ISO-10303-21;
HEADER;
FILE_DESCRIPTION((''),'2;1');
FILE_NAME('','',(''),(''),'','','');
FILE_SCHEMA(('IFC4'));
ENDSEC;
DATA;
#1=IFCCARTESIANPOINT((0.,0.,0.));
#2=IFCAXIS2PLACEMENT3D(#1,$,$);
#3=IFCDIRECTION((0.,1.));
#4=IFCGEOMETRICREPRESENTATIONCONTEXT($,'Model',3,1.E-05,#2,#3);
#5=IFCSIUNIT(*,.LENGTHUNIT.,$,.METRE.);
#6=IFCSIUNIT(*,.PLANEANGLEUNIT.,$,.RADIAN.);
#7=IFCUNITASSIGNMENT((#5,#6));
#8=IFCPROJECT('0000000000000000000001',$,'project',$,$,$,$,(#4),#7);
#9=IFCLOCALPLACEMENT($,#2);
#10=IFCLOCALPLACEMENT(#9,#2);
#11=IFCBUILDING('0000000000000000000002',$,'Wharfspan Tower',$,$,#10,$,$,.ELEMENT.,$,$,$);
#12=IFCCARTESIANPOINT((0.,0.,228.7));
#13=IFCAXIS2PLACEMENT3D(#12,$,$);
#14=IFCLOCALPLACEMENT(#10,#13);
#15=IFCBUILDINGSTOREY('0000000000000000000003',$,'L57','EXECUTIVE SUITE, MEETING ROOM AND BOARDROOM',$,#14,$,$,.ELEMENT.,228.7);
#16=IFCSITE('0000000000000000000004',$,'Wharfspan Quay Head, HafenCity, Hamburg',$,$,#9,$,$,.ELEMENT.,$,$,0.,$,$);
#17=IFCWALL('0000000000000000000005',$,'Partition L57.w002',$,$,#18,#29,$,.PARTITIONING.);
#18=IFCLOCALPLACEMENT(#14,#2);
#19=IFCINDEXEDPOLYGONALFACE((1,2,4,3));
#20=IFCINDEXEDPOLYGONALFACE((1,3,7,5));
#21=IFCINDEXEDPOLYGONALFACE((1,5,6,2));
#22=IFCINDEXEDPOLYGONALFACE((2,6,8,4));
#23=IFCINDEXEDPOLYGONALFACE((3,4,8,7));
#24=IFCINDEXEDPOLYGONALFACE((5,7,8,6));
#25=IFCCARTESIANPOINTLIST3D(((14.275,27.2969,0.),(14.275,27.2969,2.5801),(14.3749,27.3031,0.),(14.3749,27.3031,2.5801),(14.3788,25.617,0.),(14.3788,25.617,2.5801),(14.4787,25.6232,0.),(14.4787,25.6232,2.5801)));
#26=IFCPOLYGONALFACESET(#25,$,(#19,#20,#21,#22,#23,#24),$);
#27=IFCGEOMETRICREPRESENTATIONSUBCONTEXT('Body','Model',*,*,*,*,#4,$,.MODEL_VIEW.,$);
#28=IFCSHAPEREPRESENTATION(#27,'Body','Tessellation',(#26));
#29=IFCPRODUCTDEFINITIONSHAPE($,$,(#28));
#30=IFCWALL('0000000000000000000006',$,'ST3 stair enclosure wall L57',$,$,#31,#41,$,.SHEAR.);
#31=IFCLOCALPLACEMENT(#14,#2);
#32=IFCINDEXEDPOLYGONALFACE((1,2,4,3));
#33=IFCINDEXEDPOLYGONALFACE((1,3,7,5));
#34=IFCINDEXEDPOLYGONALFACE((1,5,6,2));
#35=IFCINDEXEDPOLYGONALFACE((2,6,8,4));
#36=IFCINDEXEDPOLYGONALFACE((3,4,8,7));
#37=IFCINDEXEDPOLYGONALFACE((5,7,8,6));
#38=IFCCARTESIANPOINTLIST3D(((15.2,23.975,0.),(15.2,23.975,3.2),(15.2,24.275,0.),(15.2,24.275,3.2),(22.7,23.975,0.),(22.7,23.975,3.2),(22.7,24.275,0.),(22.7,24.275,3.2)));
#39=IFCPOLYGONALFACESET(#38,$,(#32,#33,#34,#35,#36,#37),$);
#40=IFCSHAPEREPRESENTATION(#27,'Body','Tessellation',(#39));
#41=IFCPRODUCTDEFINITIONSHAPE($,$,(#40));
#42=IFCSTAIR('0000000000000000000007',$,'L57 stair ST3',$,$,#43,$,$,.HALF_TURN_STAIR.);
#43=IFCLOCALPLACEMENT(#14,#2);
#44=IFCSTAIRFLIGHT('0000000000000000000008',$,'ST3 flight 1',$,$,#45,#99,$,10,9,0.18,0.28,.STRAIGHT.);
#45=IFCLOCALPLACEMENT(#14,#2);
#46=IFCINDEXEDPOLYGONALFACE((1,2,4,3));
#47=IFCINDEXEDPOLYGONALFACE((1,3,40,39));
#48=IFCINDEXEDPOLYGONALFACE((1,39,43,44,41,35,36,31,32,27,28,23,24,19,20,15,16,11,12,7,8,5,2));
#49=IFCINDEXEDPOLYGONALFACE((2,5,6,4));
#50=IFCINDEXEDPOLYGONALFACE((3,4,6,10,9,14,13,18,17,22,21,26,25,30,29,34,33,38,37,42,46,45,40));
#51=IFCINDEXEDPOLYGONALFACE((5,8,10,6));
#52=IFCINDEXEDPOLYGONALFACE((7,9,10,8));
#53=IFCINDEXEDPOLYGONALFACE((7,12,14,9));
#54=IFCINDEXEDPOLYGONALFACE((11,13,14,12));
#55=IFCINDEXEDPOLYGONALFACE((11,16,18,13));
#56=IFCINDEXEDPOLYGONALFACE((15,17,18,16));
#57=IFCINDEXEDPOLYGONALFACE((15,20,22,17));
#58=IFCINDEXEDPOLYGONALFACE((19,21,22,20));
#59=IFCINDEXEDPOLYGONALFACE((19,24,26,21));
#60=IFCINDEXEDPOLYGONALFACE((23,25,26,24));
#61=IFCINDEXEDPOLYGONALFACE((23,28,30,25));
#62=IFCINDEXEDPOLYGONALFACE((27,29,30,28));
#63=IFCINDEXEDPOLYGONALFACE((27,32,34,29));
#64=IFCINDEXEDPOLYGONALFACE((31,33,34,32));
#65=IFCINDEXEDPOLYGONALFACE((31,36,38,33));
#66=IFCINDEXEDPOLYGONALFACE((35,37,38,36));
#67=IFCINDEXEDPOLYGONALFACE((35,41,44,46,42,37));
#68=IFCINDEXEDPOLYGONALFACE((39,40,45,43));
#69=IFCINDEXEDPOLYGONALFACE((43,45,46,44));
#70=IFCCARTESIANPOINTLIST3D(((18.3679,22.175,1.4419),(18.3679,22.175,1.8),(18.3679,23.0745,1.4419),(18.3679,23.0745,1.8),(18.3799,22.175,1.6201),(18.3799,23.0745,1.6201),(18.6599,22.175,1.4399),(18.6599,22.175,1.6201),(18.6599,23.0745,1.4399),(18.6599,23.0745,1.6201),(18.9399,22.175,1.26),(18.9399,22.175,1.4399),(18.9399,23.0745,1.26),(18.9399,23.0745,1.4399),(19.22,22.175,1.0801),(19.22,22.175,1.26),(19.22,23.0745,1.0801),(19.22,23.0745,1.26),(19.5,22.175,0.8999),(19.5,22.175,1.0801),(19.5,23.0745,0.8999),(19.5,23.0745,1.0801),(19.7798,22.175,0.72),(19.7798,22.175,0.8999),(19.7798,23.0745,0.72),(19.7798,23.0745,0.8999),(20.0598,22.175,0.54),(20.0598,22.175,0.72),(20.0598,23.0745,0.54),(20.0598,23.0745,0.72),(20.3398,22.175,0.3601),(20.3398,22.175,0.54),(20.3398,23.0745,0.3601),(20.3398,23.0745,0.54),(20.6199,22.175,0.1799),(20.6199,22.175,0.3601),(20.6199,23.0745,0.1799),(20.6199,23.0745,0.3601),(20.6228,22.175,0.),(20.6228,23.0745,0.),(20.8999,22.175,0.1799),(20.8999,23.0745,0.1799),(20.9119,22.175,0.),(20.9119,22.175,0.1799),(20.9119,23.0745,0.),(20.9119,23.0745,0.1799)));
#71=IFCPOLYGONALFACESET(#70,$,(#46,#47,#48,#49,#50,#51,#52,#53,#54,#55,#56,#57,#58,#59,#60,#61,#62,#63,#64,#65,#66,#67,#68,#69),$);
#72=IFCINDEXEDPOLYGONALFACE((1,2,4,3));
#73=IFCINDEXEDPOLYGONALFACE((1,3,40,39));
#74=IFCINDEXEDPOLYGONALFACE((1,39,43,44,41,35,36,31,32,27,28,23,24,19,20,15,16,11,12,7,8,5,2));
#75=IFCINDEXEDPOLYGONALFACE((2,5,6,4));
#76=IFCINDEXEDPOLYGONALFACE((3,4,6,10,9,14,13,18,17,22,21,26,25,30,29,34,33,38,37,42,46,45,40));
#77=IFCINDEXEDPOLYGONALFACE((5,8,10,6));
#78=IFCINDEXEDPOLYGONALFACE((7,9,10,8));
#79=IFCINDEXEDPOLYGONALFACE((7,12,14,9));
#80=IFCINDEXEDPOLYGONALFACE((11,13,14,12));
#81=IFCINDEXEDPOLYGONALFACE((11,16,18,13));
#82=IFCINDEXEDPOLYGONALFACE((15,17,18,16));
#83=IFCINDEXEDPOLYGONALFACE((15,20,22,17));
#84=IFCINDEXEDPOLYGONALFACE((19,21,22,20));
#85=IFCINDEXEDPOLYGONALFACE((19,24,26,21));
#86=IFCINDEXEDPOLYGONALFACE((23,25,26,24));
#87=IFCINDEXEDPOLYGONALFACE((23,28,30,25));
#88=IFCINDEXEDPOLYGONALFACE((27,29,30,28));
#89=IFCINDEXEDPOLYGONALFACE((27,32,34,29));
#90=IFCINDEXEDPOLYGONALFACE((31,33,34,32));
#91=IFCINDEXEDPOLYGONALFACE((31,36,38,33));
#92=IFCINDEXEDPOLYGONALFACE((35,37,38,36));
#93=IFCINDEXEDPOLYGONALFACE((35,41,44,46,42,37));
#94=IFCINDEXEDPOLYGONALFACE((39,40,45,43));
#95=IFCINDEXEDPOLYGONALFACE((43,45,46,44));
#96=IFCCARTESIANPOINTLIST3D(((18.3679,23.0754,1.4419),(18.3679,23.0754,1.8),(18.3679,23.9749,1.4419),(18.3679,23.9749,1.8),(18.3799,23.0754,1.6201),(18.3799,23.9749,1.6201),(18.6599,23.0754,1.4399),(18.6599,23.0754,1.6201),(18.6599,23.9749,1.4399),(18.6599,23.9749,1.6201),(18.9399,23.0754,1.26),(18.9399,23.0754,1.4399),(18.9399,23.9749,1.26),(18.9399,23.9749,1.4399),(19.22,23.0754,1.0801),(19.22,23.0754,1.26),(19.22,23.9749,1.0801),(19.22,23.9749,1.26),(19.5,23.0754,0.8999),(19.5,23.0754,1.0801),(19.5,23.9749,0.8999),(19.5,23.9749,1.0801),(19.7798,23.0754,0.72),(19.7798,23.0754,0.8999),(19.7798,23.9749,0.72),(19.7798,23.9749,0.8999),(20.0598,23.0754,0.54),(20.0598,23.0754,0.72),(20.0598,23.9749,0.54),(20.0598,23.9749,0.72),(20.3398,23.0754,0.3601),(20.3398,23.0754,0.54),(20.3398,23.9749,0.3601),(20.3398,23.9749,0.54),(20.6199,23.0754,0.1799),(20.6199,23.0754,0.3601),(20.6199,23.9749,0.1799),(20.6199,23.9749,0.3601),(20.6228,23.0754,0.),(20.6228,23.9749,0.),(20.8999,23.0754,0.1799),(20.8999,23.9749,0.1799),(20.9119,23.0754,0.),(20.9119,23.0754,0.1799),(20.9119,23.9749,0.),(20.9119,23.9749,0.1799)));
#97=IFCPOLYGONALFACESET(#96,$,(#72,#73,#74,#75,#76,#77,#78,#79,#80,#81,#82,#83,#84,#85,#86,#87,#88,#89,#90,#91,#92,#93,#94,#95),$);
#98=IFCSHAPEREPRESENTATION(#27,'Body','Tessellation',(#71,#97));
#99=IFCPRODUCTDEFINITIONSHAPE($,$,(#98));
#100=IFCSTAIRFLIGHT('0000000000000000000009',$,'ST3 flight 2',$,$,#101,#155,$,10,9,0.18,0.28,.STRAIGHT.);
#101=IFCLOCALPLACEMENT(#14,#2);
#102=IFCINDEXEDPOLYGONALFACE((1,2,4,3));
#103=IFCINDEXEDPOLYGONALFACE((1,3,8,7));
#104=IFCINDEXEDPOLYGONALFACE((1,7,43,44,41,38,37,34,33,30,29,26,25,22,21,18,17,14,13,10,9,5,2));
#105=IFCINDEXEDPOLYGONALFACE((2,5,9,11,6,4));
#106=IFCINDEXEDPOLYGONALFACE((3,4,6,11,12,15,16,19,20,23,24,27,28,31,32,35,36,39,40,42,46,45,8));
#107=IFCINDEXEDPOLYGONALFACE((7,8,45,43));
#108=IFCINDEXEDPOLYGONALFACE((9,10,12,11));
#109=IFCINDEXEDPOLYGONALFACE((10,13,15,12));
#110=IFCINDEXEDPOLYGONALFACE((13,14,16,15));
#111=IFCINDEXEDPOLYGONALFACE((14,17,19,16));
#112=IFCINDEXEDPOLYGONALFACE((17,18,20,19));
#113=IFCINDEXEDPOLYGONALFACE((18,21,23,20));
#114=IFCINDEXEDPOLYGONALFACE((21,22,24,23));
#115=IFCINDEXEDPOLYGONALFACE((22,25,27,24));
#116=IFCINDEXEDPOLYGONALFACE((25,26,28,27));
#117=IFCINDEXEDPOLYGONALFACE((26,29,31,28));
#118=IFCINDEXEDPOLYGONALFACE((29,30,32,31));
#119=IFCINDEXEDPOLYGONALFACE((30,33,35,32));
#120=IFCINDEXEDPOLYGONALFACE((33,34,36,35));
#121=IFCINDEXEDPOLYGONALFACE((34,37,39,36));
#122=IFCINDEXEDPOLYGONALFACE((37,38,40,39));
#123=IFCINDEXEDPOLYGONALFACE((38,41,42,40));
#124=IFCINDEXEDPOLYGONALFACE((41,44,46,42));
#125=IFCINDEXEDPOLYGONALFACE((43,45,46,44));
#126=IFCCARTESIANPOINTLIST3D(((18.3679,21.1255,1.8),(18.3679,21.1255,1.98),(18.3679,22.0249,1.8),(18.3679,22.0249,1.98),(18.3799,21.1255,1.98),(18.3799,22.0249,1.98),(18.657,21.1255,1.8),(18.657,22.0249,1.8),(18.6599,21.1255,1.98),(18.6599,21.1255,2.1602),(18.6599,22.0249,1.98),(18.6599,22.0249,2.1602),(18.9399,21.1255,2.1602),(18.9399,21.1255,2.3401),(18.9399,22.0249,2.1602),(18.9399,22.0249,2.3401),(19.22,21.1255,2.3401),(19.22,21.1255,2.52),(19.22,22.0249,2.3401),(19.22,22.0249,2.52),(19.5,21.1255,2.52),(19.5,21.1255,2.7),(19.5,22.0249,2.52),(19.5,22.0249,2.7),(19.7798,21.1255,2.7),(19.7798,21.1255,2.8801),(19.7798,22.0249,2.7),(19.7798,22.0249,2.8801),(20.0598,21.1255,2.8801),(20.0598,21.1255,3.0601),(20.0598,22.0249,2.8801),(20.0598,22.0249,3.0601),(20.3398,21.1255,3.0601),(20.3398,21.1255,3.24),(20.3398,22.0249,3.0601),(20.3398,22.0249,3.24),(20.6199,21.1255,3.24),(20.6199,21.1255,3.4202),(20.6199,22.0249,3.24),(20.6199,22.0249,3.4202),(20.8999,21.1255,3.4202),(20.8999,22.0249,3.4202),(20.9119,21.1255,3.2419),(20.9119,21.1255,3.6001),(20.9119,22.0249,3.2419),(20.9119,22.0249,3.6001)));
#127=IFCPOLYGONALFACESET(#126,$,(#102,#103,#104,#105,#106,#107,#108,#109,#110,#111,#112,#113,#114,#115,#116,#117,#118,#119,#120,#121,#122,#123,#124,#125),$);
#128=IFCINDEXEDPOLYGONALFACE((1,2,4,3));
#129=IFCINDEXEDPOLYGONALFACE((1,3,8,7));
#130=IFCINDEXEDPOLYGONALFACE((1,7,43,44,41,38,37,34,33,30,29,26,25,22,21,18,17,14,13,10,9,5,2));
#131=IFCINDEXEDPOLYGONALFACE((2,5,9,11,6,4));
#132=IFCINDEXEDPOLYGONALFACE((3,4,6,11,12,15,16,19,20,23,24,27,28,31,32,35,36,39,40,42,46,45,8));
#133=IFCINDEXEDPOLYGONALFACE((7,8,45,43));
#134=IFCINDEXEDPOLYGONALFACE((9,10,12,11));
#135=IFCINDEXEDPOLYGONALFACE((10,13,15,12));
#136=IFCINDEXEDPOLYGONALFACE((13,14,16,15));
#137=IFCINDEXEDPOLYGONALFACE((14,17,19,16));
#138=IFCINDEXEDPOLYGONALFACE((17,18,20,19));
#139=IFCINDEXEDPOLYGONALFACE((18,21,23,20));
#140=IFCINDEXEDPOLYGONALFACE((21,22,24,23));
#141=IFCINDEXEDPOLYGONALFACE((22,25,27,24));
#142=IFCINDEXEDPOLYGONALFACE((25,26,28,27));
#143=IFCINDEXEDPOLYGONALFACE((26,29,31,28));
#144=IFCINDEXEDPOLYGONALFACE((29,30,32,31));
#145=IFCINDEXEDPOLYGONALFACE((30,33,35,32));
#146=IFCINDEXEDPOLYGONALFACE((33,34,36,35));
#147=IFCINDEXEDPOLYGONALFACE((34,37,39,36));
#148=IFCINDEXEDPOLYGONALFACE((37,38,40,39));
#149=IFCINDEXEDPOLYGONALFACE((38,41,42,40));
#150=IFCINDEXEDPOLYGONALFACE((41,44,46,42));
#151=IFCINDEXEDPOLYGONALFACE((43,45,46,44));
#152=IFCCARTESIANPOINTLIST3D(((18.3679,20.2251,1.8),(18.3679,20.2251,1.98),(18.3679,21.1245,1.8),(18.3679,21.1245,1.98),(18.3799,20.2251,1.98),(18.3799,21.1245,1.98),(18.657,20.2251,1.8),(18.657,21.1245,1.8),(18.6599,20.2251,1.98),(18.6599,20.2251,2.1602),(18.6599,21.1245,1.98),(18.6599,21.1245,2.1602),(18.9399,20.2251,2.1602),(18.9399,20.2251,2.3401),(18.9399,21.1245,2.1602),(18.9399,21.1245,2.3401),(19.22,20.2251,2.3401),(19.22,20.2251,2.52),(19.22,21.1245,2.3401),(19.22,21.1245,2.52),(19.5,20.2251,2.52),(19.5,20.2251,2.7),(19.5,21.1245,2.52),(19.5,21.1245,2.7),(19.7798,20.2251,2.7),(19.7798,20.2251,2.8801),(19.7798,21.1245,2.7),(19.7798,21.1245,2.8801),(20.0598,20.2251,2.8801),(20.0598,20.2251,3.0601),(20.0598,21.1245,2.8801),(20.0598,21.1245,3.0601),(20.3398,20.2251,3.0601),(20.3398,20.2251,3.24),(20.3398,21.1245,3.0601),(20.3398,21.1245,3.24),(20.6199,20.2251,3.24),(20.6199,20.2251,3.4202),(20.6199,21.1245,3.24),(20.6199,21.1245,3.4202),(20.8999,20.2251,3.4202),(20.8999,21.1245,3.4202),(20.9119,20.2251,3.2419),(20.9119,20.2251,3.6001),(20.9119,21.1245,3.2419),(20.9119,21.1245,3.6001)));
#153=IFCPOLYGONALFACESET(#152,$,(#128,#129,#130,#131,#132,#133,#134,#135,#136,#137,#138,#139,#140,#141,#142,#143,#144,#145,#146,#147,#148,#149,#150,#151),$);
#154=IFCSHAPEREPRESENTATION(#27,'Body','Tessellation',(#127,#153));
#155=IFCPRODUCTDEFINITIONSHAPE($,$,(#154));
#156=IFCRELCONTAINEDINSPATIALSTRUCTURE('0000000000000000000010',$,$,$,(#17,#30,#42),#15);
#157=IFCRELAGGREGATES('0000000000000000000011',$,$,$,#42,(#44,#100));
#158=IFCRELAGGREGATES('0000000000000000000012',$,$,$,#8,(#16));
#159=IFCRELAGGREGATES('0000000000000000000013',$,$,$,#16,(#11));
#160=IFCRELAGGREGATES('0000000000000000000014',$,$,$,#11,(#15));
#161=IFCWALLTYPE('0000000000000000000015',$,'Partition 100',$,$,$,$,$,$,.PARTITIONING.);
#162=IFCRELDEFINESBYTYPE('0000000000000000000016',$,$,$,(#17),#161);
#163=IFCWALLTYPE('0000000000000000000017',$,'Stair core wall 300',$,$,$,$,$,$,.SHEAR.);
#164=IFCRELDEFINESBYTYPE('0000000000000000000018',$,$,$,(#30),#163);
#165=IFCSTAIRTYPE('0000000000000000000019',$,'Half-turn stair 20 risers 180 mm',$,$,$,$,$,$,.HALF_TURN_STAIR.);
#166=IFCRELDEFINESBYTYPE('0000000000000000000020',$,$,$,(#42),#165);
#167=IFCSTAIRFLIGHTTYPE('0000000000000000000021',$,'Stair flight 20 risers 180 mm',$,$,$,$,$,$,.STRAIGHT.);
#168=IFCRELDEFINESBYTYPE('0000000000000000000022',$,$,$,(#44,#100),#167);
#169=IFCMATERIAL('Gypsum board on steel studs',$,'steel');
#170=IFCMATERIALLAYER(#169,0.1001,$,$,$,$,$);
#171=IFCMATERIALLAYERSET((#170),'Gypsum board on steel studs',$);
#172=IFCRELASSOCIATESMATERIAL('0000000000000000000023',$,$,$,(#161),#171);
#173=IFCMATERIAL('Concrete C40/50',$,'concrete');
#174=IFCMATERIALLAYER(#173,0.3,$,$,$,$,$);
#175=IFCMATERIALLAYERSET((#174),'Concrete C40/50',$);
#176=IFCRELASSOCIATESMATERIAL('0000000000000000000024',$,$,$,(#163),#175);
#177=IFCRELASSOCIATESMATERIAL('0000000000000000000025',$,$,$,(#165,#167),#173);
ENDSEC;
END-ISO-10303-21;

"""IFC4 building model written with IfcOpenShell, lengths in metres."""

from ifc_helpers import new_model, si_unit, direction, frame, frame_2d, origin, place, context, subcontext, project, spatial, polyline, rectangle, outline, extrude, material, layer, layer_set, type_object, element, aggregate, save


model = new_model("IFC4")

# Units and contexts
model_context = context("Model", 3, precision=1e-05, world=origin(), true_north=direction((0.0, 1.0)))
body_context = subcontext(model_context, "Body", "Model", "MODEL_VIEW")
ifc_project = project(units=[si_unit("LENGTHUNIT", "METRE"), si_unit("PLANEANGLEUNIT", "RADIAN")], contexts=[model_context])

# Site, building, storey
site_placement = place(None, origin())
site = spatial("IfcSite", under=ifc_project, at=site_placement, Name="Wharfspan Quay Head, HafenCity, Hamburg", CompositionType="ELEMENT", RefElevation=0.0)
building_placement = place(site_placement, origin())
building = spatial("IfcBuilding", under=site, at=building_placement, Name="Wharfspan Tower", CompositionType="ELEMENT")
storey_placement = place(building_placement, frame((0.0, 0.0, 228.7)))
storey = spatial("IfcBuildingStorey", under=building, at=storey_placement, Name="L57", Description="EXECUTIVE SUITE, MEETING ROOM AND BOARDROOM", CompositionType="ELEMENT", Elevation=228.7)

# Shared definitions
ifc_material_1 = material(Name="Gypsum board on steel studs", Category="steel")

# Walls
ifc_layer_1 = layer(ifc_material_1, 0.1001)
ifc_layer_set_1 = layer_set([ifc_layer_1], Name="Gypsum board on steel studs")
wall_type_1 = type_object("IfcWallType", Name="Partition 100", PredefinedType="PARTITIONING", material=ifc_layer_set_1)
wall_1_placement = place(storey_placement, frame((14.4287, 25.6201, 0.0), z_axis=(0.0, 0.0, 1.0), x_axis=(-0.061647, 0.998101, 0.0)))
element("IfcWall", 1, at=wall_1_placement, inside=storey, type_object=wall_type_1, Name="Partition L57.w002", PredefinedType="PARTITIONING", context=body_context, shape_type="SweptSolid", body=[
    extrude(rectangle(XDim=1.6831, YDim=0.1001, at=frame_2d((0.8416, 0.0))), origin(), (0.0, 0.0, 1.0), 2.5801),
])
ifc_material_2 = material(Name="Concrete C40/50", Category="concrete")
ifc_layer_2 = layer(ifc_material_2, 0.3)
ifc_layer_set_2 = layer_set([ifc_layer_2], Name="Concrete C40/50")
wall_type_2 = type_object("IfcWallType", Name="Stair core wall 300", PredefinedType="SHEAR", material=ifc_layer_set_2)
wall_2_placement = place(storey_placement, frame((15.2, 24.125, 0.0), z_axis=(0.0, 0.0, 1.0), x_axis=(1.0, 0.0, 0.0)))
element("IfcWall", 2, at=wall_2_placement, inside=storey, type_object=wall_type_2, Name="ST3 stair enclosure wall L57", PredefinedType="SHEAR", context=body_context, shape_type="SweptSolid", body=[
    extrude(rectangle(XDim=7.5, YDim=0.3, at=frame_2d((3.75, 0.0))), origin(), (0.0, 0.0, 1.0), 3.2),
])

# Stair, stair flights
stair_type = type_object("IfcStairType", Name="Half-turn stair 20 risers 180 mm", PredefinedType="HALF_TURN_STAIR", material=ifc_material_2)
stair_placement = place(storey_placement, origin())
stair = element("IfcStair", 3, at=stair_placement, inside=storey, type_object=stair_type, Name="L57 stair ST3", PredefinedType="HALF_TURN_STAIR")
stair_flight_type = type_object("IfcStairFlightType", Name="Stair flight 20 risers 180 mm", PredefinedType="STRAIGHT", material=ifc_material_2)
stair_flight_1_placement = place(storey_placement, frame((20.8999, 23.075, 0.0), z_axis=(0.0, 0.0, 1.0), x_axis=(-1.0, 0.0, 0.0)))
stair_flight_1 = element("IfcStairFlight", 4, at=stair_flight_1_placement, type_object=stair_flight_type, Name="ST3 flight 1", NumberOfRisers=10, NumberOfTreads=9, PredefinedType="STRAIGHT", RiserHeight=0.18, TreadLength=0.28, context=body_context, shape_type="SweptSolid", body=[
    extrude(outline(polyline([(-0.012, 0.0), (-0.012, 0.1799), (0.0, 0.1799), (0.28, 0.1799), (0.28, 0.3601), (0.5601, 0.3601), (0.5601, 0.54), (0.8401, 0.54), (0.8401, 0.72), (1.1201, 0.72), (1.1201, 0.8999), (1.3999, 0.8999), (1.3999, 1.0801), (1.6799, 1.0801), (1.6799, 1.26), (1.96, 1.26), (1.96, 1.4399), (2.24, 1.4399), (2.24, 1.6201), (2.52, 1.6201), (2.532, 1.8), (2.532, 1.4419), (0.2771, 0.0), (-0.012, 0.0)])), frame((0.0, 0.8999, 0.0), z_axis=(0.0, -1.0, 0.0), x_axis=(1.0, 0.0, 0.0)), (0.0, 0.0, 1.0), 0.8994),
    extrude(outline(polyline([(-0.012, 0.0), (-0.012, 0.1799), (0.0, 0.1799), (0.28, 0.1799), (0.28, 0.3601), (0.5601, 0.3601), (0.5601, 0.54), (0.8401, 0.54), (0.8401, 0.72), (1.1201, 0.72), (1.1201, 0.8999), (1.3999, 0.8999), (1.3999, 1.0801), (1.6799, 1.0801), (1.6799, 1.26), (1.96, 1.26), (1.96, 1.4399), (2.24, 1.4399), (2.24, 1.6201), (2.52, 1.6201), (2.532, 1.8), (2.532, 1.4419), (0.2771, 0.0), (-0.012, 0.0)])), frame((0.0, -0.0005, 0.0), z_axis=(0.0, -1.0, 0.0), x_axis=(1.0, 0.0, 0.0)), (0.0, 0.0, 1.0), 0.8994),
])
stair_flight_2_placement = place(storey_placement, frame((18.3799, 21.125, 1.8), z_axis=(0.0, 0.0, 1.0), x_axis=(1.0, 0.0, 0.0)))
stair_flight_2 = element("IfcStairFlight", 5, at=stair_flight_2_placement, type_object=stair_flight_type, Name="ST3 flight 2", NumberOfRisers=10, NumberOfTreads=9, PredefinedType="STRAIGHT", RiserHeight=0.18, TreadLength=0.28, context=body_context, shape_type="SweptSolid", body=[
    extrude(outline(polyline([(-0.012, 0.0), (-0.012, 0.1799), (0.0, 0.1799), (0.28, 0.1799), (0.28, 0.3601), (0.5601, 0.3601), (0.5601, 0.54), (0.8401, 0.54), (0.8401, 0.72), (1.1201, 0.72), (1.1201, 0.8999), (1.3999, 0.8999), (1.3999, 1.0801), (1.6799, 1.0801), (1.6799, 1.26), (1.96, 1.26), (1.96, 1.4399), (2.24, 1.4399), (2.24, 1.6201), (2.52, 1.6201), (2.532, 1.8), (2.532, 1.4419), (0.2771, 0.0), (-0.012, 0.0)])), frame((0.0, 0.8999, 0.0), z_axis=(0.0, -1.0, 0.0), x_axis=(1.0, 0.0, 0.0)), (0.0, 0.0, 1.0), 0.8994),
    extrude(outline(polyline([(-0.012, 0.0), (-0.012, 0.1799), (0.0, 0.1799), (0.28, 0.1799), (0.28, 0.3601), (0.5601, 0.3601), (0.5601, 0.54), (0.8401, 0.54), (0.8401, 0.72), (1.1201, 0.72), (1.1201, 0.8999), (1.3999, 0.8999), (1.3999, 1.0801), (1.6799, 1.0801), (1.6799, 1.26), (1.96, 1.26), (1.96, 1.4399), (2.24, 1.4399), (2.24, 1.6201), (2.52, 1.6201), (2.532, 1.8), (2.532, 1.4419), (0.2771, 0.0), (-0.012, 0.0)])), frame((0.0, -0.0005, 0.0), z_axis=(0.0, -1.0, 0.0), x_axis=(1.0, 0.0, 0.0)), (0.0, 0.0, 1.0), 0.8994),
])
aggregate(stair, [stair_flight_1, stair_flight_2])

save(model, "model.ifc")
